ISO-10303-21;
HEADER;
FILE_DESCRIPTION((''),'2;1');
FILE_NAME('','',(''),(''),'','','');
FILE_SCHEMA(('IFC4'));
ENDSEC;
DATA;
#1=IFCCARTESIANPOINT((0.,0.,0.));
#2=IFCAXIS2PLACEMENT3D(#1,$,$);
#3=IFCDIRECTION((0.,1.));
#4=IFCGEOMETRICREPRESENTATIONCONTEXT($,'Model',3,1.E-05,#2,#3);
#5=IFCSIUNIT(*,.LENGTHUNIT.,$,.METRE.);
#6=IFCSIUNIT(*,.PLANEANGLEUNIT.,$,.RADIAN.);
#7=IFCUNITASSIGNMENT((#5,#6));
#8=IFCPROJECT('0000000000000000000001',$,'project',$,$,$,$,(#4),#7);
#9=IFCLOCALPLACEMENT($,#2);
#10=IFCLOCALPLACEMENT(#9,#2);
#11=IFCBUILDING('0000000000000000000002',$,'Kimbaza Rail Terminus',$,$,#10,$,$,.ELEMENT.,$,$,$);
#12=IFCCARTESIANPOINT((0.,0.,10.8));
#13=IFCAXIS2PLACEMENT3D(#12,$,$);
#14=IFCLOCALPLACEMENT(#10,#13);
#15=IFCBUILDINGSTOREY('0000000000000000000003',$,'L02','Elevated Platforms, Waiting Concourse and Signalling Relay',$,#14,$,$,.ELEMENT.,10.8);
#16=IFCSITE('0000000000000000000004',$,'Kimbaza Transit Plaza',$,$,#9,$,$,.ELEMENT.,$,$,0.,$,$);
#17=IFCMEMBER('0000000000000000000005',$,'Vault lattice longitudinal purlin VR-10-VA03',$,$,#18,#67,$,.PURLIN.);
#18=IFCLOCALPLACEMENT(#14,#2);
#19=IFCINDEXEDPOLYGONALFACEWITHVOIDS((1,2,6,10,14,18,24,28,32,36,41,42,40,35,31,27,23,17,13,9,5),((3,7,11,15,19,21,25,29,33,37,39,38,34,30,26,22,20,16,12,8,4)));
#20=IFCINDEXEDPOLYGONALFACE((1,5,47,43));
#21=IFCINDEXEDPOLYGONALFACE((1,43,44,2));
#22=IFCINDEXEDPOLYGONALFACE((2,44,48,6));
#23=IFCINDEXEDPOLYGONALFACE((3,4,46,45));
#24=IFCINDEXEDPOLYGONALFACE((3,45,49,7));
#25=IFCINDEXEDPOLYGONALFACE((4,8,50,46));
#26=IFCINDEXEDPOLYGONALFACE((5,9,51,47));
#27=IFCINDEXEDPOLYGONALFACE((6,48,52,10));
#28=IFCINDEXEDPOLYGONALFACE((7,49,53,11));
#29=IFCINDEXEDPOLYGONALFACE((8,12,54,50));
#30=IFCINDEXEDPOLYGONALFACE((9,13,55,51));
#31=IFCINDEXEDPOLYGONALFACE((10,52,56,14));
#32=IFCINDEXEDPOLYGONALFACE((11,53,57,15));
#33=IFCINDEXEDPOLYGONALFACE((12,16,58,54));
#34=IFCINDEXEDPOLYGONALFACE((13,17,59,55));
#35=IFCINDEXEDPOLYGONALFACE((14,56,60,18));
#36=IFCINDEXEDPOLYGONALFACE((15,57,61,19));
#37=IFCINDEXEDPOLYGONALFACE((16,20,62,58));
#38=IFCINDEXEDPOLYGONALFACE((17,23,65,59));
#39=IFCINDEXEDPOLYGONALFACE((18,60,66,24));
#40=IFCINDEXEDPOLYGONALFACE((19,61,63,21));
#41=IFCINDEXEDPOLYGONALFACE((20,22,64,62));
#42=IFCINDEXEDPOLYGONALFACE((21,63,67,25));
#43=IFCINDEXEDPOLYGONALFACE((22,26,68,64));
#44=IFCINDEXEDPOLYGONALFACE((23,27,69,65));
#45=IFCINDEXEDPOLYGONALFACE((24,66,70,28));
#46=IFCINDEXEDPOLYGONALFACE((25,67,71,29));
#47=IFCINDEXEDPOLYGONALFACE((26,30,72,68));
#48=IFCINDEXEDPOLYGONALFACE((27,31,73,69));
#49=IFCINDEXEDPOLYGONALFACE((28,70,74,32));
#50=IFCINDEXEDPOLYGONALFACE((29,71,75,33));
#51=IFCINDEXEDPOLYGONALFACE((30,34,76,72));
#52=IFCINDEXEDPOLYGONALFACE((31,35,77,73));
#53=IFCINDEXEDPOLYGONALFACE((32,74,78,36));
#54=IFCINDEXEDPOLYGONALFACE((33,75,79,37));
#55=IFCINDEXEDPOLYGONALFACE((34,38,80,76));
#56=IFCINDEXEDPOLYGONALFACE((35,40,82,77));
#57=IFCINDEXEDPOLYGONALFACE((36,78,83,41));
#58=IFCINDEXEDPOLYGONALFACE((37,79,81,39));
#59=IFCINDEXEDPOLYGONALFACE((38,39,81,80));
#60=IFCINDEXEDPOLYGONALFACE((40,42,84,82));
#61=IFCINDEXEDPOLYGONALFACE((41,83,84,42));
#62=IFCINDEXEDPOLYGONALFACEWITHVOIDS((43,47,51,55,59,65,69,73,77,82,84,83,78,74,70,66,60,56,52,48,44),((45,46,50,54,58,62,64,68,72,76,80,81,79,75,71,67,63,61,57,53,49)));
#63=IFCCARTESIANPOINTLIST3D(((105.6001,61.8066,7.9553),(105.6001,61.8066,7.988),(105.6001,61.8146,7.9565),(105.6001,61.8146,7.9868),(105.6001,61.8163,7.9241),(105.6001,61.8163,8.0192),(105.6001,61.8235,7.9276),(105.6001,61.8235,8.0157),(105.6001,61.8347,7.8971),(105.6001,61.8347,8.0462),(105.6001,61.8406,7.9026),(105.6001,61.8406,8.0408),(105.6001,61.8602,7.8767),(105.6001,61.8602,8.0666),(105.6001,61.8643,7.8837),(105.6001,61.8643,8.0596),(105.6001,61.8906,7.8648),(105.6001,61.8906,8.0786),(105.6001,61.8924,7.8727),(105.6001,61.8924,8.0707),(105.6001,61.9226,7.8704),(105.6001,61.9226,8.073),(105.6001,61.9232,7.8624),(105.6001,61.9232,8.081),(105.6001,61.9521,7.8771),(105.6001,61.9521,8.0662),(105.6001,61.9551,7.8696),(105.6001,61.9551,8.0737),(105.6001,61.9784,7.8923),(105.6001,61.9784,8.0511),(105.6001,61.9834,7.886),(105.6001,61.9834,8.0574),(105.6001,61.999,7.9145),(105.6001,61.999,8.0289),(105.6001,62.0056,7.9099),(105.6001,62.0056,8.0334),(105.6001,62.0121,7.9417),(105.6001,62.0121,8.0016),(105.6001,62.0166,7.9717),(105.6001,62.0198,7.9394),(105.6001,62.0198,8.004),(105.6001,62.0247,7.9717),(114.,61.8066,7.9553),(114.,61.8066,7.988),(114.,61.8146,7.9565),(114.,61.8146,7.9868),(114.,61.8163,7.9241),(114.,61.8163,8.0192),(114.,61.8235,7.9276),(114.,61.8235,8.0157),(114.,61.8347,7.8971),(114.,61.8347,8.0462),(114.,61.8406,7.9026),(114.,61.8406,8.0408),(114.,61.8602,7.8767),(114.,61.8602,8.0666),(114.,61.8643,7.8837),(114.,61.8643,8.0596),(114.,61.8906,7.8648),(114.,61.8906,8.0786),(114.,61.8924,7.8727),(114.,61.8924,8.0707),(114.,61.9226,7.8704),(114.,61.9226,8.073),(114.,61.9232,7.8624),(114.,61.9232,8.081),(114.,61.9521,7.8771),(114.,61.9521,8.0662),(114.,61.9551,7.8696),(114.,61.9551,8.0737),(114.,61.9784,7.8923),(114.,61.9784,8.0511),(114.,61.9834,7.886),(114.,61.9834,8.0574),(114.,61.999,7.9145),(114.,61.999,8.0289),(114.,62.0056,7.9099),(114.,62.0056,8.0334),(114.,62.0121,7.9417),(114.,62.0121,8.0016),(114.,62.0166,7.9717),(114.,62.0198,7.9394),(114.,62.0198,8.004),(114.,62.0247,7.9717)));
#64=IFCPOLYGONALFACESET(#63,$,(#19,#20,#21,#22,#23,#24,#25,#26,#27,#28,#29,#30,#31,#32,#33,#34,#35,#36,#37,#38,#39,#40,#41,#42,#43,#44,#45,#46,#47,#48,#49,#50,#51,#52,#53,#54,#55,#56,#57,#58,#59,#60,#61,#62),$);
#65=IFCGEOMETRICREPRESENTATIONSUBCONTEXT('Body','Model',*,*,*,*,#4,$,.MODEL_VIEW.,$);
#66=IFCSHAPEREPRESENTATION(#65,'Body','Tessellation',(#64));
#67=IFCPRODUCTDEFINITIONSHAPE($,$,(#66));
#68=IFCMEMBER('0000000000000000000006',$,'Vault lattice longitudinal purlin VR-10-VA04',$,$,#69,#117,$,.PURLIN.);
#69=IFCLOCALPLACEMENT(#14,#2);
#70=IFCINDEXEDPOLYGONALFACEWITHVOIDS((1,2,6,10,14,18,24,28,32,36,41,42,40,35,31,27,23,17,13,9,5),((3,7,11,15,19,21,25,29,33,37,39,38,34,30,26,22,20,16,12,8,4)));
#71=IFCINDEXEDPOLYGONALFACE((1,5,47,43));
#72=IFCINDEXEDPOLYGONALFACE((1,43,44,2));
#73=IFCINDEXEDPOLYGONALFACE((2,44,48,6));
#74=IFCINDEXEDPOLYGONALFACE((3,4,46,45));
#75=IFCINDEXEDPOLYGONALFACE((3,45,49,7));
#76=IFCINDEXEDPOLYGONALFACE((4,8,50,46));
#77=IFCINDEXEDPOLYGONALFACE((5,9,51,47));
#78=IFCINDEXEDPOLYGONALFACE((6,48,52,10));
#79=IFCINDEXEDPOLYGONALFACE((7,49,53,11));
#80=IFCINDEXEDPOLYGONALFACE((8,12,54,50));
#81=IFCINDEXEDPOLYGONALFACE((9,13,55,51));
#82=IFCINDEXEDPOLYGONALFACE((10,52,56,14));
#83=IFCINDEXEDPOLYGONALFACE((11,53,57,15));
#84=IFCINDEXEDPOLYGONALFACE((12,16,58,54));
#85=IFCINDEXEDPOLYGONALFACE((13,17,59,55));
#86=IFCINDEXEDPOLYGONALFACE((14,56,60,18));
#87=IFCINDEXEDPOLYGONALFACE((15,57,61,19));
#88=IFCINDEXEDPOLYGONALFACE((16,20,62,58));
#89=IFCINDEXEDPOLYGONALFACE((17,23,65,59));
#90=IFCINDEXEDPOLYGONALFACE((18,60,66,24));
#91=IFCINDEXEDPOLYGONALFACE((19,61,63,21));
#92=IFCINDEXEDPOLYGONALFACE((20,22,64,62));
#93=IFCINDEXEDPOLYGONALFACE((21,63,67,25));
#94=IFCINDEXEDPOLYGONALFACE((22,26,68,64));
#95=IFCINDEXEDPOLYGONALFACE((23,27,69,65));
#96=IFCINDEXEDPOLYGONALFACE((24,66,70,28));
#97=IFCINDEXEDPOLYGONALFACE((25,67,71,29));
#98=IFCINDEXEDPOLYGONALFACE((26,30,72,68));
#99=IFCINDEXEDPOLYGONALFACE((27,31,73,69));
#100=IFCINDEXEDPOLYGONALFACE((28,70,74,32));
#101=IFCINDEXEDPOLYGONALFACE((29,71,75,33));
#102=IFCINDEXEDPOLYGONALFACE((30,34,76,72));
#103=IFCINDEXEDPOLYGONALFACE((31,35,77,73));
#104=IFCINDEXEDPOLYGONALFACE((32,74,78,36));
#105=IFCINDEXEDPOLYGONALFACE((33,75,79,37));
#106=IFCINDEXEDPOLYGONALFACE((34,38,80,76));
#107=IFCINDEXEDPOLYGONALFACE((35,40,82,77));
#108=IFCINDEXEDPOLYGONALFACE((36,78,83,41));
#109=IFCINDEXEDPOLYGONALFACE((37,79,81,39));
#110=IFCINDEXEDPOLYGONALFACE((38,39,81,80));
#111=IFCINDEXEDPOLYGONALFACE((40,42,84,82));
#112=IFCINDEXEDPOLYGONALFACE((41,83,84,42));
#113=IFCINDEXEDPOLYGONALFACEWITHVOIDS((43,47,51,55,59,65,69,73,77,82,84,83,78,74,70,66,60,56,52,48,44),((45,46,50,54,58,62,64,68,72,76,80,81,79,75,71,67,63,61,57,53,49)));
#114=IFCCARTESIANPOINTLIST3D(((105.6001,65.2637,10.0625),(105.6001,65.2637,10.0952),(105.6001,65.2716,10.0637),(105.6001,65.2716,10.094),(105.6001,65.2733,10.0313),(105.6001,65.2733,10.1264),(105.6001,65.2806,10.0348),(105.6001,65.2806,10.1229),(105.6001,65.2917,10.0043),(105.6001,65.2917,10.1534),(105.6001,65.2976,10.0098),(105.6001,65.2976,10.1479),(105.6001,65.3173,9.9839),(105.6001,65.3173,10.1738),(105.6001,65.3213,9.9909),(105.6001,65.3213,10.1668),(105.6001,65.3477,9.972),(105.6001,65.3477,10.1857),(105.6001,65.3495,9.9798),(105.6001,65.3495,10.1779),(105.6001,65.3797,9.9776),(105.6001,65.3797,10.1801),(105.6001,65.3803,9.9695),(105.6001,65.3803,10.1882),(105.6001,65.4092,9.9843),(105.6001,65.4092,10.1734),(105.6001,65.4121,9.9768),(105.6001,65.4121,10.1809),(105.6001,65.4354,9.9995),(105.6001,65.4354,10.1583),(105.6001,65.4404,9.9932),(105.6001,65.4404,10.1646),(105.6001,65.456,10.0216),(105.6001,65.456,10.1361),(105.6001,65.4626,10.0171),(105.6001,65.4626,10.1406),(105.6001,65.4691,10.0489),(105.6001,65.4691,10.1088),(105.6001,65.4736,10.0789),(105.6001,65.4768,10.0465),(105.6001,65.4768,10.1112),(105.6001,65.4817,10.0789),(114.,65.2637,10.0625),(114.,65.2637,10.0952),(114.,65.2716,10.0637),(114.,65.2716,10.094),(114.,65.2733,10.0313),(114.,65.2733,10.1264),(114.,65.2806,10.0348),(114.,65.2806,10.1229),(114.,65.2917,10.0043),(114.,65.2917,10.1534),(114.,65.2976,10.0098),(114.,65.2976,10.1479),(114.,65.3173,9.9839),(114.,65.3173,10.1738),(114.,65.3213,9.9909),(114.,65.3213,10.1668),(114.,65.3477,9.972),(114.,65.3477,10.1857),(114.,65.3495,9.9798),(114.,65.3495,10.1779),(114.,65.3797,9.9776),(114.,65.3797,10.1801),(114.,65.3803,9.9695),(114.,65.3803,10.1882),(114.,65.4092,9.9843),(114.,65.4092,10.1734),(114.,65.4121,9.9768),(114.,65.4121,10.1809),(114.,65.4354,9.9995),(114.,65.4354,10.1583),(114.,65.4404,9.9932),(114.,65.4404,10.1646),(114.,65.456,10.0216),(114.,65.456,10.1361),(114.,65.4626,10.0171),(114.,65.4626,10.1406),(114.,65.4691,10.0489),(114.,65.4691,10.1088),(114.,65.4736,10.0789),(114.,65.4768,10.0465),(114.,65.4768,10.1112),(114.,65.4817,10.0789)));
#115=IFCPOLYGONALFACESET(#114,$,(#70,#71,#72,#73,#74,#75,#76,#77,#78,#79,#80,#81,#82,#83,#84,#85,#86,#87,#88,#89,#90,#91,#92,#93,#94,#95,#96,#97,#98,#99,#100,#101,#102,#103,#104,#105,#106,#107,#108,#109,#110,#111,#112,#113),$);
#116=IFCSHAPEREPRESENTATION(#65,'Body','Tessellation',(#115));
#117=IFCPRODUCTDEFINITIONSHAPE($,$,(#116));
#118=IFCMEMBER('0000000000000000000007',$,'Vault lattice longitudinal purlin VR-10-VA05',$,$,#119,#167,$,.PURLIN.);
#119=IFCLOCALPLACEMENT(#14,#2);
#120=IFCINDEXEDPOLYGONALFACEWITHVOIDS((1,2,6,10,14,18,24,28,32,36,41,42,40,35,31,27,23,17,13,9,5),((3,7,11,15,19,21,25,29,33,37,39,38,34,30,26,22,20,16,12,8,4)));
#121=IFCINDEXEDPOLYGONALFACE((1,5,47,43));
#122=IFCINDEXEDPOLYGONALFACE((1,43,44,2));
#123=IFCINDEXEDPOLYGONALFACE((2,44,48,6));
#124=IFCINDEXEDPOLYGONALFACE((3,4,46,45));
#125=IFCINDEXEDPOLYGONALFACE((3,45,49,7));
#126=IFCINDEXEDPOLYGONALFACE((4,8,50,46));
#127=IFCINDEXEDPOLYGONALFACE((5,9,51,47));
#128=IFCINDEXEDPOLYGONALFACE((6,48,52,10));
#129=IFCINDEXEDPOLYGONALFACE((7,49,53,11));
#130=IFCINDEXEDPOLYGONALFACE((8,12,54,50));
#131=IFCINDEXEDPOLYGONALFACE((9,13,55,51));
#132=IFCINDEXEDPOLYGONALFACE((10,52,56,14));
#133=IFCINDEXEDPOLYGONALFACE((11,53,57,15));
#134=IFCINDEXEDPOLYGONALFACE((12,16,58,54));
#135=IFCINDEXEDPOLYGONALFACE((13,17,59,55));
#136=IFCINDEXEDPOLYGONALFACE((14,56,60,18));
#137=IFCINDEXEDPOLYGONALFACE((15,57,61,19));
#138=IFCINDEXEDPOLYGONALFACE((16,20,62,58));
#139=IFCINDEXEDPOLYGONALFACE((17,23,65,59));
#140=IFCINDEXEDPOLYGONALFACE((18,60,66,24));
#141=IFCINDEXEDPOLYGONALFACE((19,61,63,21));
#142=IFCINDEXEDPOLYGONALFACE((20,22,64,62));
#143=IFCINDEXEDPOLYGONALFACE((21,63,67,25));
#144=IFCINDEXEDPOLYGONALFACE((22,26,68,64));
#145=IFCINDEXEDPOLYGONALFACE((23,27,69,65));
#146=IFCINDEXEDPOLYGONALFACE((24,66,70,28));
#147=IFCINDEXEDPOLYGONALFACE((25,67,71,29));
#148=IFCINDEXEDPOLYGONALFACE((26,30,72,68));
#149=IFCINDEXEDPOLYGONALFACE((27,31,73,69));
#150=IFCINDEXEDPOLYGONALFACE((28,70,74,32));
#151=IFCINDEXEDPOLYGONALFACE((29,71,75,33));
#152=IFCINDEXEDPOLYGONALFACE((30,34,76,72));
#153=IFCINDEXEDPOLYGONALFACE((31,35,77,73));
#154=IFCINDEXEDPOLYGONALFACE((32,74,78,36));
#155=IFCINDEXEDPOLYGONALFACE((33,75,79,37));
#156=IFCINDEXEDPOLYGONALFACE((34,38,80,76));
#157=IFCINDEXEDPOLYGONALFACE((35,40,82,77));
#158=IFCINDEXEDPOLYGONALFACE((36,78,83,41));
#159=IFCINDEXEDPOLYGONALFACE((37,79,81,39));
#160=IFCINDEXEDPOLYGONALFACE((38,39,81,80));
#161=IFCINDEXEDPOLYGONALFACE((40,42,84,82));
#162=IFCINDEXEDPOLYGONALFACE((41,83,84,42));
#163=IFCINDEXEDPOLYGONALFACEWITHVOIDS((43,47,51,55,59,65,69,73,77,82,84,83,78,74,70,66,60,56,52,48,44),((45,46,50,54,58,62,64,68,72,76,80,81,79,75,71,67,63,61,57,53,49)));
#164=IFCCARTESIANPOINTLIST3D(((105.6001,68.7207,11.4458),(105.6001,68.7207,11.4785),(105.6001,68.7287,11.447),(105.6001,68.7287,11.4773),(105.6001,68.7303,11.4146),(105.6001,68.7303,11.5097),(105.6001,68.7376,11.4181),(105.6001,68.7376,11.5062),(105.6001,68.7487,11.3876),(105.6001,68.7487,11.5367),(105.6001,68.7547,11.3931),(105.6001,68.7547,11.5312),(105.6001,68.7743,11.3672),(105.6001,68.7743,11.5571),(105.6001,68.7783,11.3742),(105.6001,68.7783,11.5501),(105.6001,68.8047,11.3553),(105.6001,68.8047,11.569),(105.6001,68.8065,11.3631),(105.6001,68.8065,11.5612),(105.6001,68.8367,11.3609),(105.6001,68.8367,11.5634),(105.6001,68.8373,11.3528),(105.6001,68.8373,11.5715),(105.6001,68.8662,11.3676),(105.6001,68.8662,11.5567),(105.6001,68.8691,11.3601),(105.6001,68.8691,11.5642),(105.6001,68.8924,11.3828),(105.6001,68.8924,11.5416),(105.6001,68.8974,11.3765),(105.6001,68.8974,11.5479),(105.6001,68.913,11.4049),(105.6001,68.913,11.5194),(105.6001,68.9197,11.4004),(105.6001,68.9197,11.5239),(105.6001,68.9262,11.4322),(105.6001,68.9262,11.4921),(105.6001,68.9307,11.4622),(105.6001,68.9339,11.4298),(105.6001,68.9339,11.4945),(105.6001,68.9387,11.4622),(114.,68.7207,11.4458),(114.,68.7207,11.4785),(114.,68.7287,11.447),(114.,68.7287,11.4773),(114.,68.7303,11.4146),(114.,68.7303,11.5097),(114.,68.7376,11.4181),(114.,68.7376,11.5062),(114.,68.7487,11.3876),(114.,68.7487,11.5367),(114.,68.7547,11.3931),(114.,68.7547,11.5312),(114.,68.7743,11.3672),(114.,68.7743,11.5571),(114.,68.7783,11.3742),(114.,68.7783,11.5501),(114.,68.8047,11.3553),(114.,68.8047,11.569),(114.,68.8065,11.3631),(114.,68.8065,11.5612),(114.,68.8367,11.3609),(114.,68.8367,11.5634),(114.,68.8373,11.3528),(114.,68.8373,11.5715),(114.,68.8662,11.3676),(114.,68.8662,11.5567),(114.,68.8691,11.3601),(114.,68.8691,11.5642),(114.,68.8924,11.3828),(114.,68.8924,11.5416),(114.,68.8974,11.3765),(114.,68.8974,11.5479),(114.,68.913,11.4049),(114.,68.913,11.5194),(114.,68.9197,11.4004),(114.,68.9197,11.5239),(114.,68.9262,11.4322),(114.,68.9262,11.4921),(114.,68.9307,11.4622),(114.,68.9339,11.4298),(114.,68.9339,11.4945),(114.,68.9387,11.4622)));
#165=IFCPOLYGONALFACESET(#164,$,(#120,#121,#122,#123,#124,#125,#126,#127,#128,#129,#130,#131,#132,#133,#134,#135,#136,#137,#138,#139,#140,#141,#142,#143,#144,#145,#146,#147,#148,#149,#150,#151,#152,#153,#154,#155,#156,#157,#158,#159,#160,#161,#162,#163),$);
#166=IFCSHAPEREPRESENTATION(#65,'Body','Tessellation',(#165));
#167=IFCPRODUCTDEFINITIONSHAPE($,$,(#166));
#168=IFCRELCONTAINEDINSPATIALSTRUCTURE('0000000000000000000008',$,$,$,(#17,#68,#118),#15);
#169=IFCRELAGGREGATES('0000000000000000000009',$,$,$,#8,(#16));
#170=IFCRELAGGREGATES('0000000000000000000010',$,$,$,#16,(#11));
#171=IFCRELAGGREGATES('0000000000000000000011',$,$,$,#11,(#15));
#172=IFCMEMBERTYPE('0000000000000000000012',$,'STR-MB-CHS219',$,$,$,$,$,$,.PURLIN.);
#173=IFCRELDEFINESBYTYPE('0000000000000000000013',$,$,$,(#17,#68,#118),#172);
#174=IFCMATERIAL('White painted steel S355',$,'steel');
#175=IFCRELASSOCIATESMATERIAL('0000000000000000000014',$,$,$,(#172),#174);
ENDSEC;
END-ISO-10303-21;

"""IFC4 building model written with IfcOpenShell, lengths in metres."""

from ifc_helpers import new_model, si_unit, direction, frame, origin, origin_2d, place, context, subcontext, project, spatial, hollow_circle, extrude, material, material_profile, profile_set, type_object, element, save


model = new_model("IFC4")

# Units and contexts
model_context = context("Model", 3, precision=1e-05, world=origin(), true_north=direction((0.0, 1.0)))
body_context = subcontext(model_context, "Body", "Model", "MODEL_VIEW")
ifc_project = project(units=[si_unit("LENGTHUNIT", "METRE"), si_unit("PLANEANGLEUNIT", "RADIAN")], contexts=[model_context])

# Site, building, storey
site_placement = place(None, origin())
site = spatial("IfcSite", under=ifc_project, at=site_placement, Name="Kimbaza Transit Plaza", CompositionType="ELEMENT", RefElevation=0.0)
building_placement = place(site_placement, origin())
building = spatial("IfcBuilding", under=site, at=building_placement, Name="Kimbaza Rail Terminus", CompositionType="ELEMENT")
storey_placement = place(building_placement, frame((0.0, 0.0, 10.8)))
storey = spatial("IfcBuildingStorey", under=building, at=storey_placement, Name="L02", Description="Elevated Platforms, Waiting Concourse and Signalling Relay", CompositionType="ELEMENT", Elevation=10.8)

# Members
ifc_material_1 = material(Name="White painted steel S355", Category="steel")
ifc_material_profile_1 = material_profile(ifc_material_1, hollow_circle(Radius=0.1096, WallThickness=0.0081, at=origin_2d()), Name="CHS 219.1x8")
ifc_profile_set_1 = profile_set([ifc_material_profile_1], Name="White painted steel S355")
member_type_1 = type_object("IfcMemberType", Name="STR-MB-CHS219", PredefinedType="PURLIN", material=ifc_profile_set_1)
for number, where, z_axis, x_axis, name in (
    (1, (105.6001, 61.915, 7.9717), (1.0, 0.0, 0.0), (0.0, 1.0, 0.0), "Vault lattice longitudinal purlin VR-10-VA03"),
    (2, (105.6001, 65.3721, 10.0789), (1.0, 0.0, 0.0), (0.0, 1.0, 0.0), "Vault lattice longitudinal purlin VR-10-VA04"),
    (3, (105.6001, 68.8291, 11.4622), (1.0, 0.0, 0.0), (0.0, 1.0, 0.0), "Vault lattice longitudinal purlin VR-10-VA05"),
):
    element("IfcMember", number, at=place(storey_placement, frame(where, z_axis=z_axis, x_axis=x_axis)), inside=storey, type_object=member_type_1, Name=name, PredefinedType="PURLIN", context=body_context, shape_type="SweptSolid", body=[
        extrude(hollow_circle(Radius=0.1096, WallThickness=0.0081, at=origin_2d()), origin(), (0.0, 0.0, 1.0), 8.3999),
    ])

save(model, "model.ifc")
